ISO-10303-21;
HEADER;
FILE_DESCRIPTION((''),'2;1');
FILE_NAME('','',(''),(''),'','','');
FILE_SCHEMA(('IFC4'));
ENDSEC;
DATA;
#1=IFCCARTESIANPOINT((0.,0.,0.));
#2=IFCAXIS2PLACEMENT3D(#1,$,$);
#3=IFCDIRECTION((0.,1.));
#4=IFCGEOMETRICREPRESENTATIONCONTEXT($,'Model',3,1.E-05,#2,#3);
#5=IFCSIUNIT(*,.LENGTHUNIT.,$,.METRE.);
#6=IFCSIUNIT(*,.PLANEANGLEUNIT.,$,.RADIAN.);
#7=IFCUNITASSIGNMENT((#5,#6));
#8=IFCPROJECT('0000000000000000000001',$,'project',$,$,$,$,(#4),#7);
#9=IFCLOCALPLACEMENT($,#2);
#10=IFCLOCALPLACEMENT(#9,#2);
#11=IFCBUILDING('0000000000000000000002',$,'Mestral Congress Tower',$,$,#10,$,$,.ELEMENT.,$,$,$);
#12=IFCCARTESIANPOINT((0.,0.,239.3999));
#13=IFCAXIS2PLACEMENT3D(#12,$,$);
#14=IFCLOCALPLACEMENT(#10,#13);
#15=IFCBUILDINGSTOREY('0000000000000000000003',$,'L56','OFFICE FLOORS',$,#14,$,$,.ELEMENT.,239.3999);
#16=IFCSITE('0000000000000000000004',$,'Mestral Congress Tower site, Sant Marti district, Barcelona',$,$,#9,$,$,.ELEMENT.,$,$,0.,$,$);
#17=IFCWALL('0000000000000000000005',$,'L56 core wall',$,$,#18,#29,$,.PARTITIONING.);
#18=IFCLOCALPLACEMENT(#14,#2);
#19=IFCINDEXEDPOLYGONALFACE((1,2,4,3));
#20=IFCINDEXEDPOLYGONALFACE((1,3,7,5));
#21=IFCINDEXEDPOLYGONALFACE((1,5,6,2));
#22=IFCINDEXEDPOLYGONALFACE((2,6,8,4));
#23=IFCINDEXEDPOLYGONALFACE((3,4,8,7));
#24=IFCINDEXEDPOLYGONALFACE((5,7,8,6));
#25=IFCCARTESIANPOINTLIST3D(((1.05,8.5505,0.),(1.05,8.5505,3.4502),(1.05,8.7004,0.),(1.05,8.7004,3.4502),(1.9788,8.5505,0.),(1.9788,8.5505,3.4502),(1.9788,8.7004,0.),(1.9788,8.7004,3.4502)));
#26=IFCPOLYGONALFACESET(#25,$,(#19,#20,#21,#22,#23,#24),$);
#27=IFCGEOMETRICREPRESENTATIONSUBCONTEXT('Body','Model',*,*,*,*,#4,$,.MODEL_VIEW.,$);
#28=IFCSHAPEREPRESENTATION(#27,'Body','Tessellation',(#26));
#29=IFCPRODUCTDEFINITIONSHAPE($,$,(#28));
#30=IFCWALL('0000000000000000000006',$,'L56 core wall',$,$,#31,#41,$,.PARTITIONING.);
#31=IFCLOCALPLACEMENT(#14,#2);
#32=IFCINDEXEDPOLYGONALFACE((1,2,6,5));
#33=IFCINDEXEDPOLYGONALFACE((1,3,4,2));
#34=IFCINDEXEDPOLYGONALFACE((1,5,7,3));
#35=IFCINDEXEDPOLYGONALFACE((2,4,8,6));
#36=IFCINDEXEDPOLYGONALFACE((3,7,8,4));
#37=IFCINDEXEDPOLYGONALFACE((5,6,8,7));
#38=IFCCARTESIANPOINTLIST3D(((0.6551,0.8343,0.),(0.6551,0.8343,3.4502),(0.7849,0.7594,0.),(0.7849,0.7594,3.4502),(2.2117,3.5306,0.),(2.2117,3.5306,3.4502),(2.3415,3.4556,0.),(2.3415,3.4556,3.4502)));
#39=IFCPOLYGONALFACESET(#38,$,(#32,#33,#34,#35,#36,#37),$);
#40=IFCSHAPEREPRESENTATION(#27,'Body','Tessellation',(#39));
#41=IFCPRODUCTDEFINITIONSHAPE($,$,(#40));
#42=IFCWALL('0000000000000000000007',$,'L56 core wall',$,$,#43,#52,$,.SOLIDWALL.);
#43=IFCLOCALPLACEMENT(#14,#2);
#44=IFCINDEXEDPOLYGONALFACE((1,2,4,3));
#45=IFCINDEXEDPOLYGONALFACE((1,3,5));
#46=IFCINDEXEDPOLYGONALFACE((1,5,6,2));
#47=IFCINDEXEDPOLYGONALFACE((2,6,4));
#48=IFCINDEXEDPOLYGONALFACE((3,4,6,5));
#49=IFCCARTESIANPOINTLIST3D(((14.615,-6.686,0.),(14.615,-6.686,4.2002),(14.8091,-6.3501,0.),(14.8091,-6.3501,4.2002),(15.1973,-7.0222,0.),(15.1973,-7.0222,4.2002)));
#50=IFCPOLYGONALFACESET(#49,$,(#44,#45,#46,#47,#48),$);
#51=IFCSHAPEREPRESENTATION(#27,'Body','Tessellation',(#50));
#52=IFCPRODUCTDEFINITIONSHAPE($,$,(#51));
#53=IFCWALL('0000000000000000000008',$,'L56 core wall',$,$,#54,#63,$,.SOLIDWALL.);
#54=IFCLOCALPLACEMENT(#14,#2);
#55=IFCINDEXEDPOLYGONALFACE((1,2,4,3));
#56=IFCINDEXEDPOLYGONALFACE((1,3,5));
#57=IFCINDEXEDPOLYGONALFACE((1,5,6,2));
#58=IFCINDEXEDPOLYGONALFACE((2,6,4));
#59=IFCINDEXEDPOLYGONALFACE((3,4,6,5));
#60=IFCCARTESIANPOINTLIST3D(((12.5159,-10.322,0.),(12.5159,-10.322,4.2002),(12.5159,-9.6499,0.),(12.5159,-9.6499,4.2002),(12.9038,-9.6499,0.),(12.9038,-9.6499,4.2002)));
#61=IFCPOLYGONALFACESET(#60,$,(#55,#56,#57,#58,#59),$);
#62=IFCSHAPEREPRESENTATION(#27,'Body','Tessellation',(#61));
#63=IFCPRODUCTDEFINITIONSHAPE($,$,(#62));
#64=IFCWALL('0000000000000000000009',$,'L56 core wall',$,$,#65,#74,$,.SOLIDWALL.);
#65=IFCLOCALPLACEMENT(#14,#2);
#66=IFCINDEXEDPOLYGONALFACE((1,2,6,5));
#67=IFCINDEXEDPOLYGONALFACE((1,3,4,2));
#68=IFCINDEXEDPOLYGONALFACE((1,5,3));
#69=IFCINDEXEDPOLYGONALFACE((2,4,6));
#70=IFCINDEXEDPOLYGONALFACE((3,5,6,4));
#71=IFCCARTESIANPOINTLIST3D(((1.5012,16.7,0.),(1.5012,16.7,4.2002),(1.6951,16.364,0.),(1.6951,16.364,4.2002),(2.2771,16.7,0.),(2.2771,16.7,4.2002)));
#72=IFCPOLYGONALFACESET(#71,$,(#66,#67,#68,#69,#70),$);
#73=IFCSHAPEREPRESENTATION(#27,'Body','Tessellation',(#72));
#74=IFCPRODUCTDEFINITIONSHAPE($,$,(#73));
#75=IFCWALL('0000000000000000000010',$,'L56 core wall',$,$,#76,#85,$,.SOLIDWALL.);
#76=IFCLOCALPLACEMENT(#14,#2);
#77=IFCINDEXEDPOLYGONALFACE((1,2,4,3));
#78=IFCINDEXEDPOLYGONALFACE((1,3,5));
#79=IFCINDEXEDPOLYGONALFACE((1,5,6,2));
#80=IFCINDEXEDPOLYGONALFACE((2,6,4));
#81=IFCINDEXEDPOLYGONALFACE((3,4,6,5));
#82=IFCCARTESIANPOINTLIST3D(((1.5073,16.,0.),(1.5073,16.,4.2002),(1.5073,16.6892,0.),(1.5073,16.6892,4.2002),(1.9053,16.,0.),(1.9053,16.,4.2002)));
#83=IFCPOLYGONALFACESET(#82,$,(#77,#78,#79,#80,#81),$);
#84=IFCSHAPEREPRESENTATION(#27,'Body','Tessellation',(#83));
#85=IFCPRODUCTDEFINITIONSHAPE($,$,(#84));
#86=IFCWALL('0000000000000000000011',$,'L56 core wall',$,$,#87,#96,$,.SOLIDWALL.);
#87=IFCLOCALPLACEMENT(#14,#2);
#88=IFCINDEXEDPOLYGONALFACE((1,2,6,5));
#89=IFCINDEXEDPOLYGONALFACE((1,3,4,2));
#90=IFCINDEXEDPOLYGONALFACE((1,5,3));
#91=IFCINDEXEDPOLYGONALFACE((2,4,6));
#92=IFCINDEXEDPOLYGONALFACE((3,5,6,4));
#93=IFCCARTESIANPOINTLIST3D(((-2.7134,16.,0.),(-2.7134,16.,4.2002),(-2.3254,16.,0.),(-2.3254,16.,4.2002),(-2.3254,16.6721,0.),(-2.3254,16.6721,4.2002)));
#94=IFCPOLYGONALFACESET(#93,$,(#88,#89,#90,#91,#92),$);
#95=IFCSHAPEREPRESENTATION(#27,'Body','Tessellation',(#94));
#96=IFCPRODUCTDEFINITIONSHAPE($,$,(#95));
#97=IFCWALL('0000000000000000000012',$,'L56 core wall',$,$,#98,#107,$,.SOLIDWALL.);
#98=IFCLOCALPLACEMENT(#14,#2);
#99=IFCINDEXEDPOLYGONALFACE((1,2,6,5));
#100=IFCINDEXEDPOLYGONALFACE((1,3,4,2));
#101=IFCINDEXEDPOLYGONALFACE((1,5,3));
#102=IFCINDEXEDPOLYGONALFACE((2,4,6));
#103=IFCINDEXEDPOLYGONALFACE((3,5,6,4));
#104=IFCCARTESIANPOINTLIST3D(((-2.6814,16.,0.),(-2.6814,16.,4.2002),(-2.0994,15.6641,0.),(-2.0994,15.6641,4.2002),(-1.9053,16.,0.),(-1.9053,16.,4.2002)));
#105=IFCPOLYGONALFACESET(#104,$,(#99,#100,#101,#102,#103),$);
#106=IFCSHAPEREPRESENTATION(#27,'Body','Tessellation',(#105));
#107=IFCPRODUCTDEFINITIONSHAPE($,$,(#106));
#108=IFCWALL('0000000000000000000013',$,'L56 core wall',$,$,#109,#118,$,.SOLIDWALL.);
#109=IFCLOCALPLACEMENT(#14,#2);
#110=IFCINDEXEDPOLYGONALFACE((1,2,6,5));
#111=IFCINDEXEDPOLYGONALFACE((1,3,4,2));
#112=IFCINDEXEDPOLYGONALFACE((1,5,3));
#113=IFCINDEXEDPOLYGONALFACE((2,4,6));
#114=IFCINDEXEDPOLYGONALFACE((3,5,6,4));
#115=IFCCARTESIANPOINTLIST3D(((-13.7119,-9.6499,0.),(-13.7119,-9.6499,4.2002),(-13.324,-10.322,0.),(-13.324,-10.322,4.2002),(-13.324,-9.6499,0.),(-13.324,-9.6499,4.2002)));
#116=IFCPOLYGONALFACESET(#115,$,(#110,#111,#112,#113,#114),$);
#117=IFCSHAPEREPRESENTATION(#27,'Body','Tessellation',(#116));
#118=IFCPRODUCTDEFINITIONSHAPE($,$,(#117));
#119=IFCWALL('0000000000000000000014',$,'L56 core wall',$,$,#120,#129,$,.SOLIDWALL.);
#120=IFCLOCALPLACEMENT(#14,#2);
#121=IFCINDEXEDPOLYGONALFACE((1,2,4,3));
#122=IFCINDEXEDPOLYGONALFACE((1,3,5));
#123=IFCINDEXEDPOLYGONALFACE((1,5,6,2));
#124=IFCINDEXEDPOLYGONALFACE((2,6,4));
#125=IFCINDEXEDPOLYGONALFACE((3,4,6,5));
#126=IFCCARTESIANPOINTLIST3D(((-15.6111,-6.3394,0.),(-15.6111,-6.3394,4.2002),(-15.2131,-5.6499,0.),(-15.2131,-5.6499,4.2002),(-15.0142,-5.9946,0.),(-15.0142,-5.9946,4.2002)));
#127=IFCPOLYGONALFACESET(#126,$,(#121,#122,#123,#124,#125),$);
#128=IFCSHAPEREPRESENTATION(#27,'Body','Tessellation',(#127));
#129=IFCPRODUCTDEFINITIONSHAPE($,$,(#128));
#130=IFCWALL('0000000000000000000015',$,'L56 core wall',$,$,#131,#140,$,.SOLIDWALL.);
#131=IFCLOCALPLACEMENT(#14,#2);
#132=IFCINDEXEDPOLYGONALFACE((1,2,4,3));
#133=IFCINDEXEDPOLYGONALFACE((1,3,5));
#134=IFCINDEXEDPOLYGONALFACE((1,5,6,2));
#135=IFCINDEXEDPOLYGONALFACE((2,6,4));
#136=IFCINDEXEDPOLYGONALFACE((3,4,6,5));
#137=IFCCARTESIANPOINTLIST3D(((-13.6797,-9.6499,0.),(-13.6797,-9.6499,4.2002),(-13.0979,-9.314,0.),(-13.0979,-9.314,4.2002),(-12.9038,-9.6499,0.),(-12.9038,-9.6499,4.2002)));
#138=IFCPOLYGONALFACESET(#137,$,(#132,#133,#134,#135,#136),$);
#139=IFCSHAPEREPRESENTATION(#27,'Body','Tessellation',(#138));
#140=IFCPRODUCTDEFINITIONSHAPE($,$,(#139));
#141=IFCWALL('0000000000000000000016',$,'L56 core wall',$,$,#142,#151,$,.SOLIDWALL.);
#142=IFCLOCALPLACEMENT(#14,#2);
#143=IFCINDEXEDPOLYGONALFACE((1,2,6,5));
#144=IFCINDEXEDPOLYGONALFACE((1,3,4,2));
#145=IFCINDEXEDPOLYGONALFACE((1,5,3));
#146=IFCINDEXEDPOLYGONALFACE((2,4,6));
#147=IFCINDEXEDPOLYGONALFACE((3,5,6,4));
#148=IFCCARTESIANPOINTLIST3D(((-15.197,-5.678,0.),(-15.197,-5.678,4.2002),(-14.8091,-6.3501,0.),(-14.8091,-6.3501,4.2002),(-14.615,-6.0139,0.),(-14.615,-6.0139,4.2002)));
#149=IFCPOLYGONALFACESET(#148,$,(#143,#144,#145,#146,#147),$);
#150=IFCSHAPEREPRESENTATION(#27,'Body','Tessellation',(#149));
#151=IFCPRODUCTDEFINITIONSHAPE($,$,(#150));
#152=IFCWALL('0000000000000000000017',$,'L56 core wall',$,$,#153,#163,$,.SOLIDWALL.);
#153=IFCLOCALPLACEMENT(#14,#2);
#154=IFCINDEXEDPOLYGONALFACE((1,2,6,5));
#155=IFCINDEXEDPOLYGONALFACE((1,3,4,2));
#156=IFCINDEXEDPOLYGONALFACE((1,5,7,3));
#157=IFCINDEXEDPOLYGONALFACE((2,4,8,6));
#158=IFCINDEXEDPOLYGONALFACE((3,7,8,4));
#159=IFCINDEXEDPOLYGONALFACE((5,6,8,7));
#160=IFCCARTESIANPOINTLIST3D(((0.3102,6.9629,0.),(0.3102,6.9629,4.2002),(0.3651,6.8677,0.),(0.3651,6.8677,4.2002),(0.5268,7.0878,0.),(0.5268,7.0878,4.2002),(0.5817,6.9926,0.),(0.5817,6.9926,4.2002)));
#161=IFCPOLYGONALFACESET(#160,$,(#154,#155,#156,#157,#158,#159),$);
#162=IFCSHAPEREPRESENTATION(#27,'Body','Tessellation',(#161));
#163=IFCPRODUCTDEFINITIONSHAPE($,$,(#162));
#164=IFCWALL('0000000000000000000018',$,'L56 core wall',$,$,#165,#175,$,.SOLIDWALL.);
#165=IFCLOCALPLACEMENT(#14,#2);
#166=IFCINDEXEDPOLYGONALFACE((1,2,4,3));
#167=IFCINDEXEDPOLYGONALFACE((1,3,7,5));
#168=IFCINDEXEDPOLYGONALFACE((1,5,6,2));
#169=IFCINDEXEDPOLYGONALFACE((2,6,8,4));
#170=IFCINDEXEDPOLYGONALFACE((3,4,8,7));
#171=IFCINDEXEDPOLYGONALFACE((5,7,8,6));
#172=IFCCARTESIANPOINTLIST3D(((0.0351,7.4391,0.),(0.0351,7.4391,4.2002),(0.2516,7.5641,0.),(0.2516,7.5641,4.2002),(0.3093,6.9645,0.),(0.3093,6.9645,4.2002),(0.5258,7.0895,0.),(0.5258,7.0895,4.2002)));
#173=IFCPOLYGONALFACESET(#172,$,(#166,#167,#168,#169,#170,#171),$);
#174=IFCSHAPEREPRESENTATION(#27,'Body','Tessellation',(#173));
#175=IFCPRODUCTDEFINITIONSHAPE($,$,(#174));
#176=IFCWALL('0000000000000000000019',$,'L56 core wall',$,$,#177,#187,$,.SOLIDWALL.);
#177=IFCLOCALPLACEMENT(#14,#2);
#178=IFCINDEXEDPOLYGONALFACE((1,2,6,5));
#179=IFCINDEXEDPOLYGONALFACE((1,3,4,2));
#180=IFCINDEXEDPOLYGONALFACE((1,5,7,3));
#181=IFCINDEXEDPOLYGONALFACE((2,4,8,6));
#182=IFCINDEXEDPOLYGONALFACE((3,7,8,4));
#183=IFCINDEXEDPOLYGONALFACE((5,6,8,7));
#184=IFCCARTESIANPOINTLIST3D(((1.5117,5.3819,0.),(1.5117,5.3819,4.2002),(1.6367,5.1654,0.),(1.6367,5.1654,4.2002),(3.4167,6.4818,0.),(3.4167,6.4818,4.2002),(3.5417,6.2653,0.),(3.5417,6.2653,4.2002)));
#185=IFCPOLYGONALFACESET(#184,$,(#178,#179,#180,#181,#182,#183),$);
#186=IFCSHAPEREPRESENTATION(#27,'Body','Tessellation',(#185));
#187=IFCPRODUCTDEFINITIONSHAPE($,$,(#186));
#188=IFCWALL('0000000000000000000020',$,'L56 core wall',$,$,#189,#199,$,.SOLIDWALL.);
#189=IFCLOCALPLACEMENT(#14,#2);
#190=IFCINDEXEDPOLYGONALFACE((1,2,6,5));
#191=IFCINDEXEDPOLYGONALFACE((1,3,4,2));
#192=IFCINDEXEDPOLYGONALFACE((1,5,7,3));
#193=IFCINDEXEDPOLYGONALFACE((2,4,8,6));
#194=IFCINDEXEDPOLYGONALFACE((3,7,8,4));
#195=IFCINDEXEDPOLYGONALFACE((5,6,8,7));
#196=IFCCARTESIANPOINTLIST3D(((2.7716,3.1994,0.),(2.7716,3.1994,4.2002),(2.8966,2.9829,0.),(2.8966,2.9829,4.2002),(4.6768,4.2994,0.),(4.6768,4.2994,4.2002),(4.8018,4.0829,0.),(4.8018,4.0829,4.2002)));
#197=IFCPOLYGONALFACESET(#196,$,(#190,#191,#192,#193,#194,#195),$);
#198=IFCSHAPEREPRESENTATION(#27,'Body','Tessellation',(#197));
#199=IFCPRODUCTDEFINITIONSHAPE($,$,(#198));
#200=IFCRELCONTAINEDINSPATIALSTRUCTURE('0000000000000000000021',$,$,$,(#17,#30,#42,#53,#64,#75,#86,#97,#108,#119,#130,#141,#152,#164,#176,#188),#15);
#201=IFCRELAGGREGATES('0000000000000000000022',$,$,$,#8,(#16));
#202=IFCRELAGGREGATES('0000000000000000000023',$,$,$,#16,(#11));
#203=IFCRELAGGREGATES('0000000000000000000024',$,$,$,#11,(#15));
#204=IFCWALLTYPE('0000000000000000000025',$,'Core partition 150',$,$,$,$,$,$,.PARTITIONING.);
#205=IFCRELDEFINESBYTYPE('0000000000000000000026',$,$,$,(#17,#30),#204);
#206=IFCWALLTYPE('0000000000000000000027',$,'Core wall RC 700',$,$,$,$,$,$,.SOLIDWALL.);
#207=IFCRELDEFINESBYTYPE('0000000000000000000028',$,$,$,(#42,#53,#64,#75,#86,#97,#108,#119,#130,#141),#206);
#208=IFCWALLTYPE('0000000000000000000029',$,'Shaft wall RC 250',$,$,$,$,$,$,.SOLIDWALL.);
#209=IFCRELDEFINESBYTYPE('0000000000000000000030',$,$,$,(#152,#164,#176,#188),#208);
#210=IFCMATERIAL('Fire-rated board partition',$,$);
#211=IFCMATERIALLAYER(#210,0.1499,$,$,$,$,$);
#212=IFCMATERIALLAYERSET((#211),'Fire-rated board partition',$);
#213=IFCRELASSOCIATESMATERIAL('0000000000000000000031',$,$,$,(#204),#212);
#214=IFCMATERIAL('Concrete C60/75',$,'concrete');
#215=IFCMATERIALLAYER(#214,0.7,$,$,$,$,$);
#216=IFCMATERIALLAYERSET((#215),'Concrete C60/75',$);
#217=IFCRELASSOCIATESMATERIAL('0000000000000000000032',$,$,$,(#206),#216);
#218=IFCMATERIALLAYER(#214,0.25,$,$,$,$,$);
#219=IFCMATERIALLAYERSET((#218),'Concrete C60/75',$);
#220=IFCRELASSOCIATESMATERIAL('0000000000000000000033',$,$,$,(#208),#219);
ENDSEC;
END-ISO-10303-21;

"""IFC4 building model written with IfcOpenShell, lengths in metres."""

from ifc_helpers import new_model, si_unit, direction, frame, frame_2d, origin, place, context, subcontext, project, spatial, polyline, rectangle, outline, extrude, material, layer, layer_set, type_object, element, save


model = new_model("IFC4")

# Units and contexts
model_context = context("Model", 3, precision=1e-05, world=origin(), true_north=direction((0.0, 1.0)))
body_context = subcontext(model_context, "Body", "Model", "MODEL_VIEW")
ifc_project = project(units=[si_unit("LENGTHUNIT", "METRE"), si_unit("PLANEANGLEUNIT", "RADIAN")], contexts=[model_context])

# Site, building, storey
site_placement = place(None, origin())
site = spatial("IfcSite", under=ifc_project, at=site_placement, Name="Mestral Congress Tower site, Sant Marti district, Barcelona", CompositionType="ELEMENT", RefElevation=0.0)
building_placement = place(site_placement, origin())
building = spatial("IfcBuilding", under=site, at=building_placement, Name="Mestral Congress Tower", CompositionType="ELEMENT")
storey_placement = place(building_placement, frame((0.0, 0.0, 239.3999)))
storey = spatial("IfcBuildingStorey", under=building, at=storey_placement, Name="L56", Description="OFFICE FLOORS", CompositionType="ELEMENT", Elevation=239.3999)

# Walls
ifc_material_1 = material(Name="Fire-rated board partition")
ifc_layer_1 = layer(ifc_material_1, 0.1499)
ifc_layer_set_1 = layer_set([ifc_layer_1], Name="Fire-rated board partition")
wall_type_1 = type_object("IfcWallType", Name="Core partition 150", PredefinedType="PARTITIONING", material=ifc_layer_set_1)
wall_1_placement = place(storey_placement, frame((1.05, 8.6255, 0.0), z_axis=(0.0, 0.0, 1.0), x_axis=(1.0, 0.0, 0.0)))
element("IfcWall", 1, at=wall_1_placement, inside=storey, type_object=wall_type_1, Name="L56 core wall", PredefinedType="PARTITIONING", context=body_context, shape_type="SweptSolid", body=[
    extrude(rectangle(XDim=0.9287, YDim=0.1499, at=frame_2d((0.4644, 0.0))), origin(), (0.0, 0.0, 1.0), 3.4502),
])
wall_2_placement = place(storey_placement, frame((0.72, 0.7969, 0.0), z_axis=(0.0, 0.0, 1.0), x_axis=(0.499985, 0.866034, 0.0)))
element("IfcWall", 2, at=wall_2_placement, inside=storey, type_object=wall_type_1, Name="L56 core wall", PredefinedType="PARTITIONING", context=body_context, shape_type="SweptSolid", body=[
    extrude(rectangle(XDim=3.1133, YDim=0.1499, at=frame_2d((1.5566, 0.0))), origin(), (0.0, 0.0, 1.0), 3.4502),
])
ifc_material_2 = material(Name="Concrete C60/75", Category="concrete")
ifc_layer_2 = layer(ifc_material_2, 0.7)
ifc_layer_set_2 = layer_set([ifc_layer_2], Name="Concrete C60/75")
wall_type_2 = type_object("IfcWallType", Name="Core wall RC 700", PredefinedType="SOLIDWALL", material=ifc_layer_set_2)
placement = place(storey_placement, origin())
element("IfcWall", 3, at=placement, inside=storey, type_object=wall_type_2, Name="L56 core wall", PredefinedType="SOLIDWALL", context=body_context, shape_type="SweptSolid", body=[
    extrude(outline(polyline([(14.8091, -6.3501), (15.1973, -7.0222), (14.615, -6.686), (14.8091, -6.3501)])), origin(), (0.0, 0.0, 1.0), 4.2002),
])
element("IfcWall", 4, at=placement, inside=storey, type_object=wall_type_2, Name="L56 core wall", PredefinedType="SOLIDWALL", context=body_context, shape_type="SweptSolid", body=[
    extrude(outline(polyline([(12.9038, -9.6499), (12.5159, -10.322), (12.5159, -9.6499), (12.9038, -9.6499)])), origin(), (0.0, 0.0, 1.0), 4.2002),
])
element("IfcWall", 5, at=placement, inside=storey, type_object=wall_type_2, Name="L56 core wall", PredefinedType="SOLIDWALL", context=body_context, shape_type="SweptSolid", body=[
    extrude(outline(polyline([(1.5012, 16.7), (2.2771, 16.7), (1.6951, 16.364), (1.5012, 16.7)])), origin(), (0.0, 0.0, 1.0), 4.2002),
])
element("IfcWall", 6, at=placement, inside=storey, type_object=wall_type_2, Name="L56 core wall", PredefinedType="SOLIDWALL", context=body_context, shape_type="SweptSolid", body=[
    extrude(outline(polyline([(1.9053, 16.0), (1.5073, 16.0), (1.5073, 16.6892), (1.9053, 16.0)])), origin(), (0.0, 0.0, 1.0), 4.2002),
])
element("IfcWall", 7, at=placement, inside=storey, type_object=wall_type_2, Name="L56 core wall", PredefinedType="SOLIDWALL", context=body_context, shape_type="SweptSolid", body=[
    extrude(outline(polyline([(-2.7134, 16.0), (-2.3254, 16.6721), (-2.3254, 16.0), (-2.7134, 16.0)])), origin(), (0.0, 0.0, 1.0), 4.2002),
])
element("IfcWall", 8, at=placement, inside=storey, type_object=wall_type_2, Name="L56 core wall", PredefinedType="SOLIDWALL", context=body_context, shape_type="SweptSolid", body=[
    extrude(outline(polyline([(-1.9053, 16.0), (-2.0994, 15.6641), (-2.6814, 16.0), (-1.9053, 16.0)])), origin(), (0.0, 0.0, 1.0), 4.2002),
])
element("IfcWall", 9, at=placement, inside=storey, type_object=wall_type_2, Name="L56 core wall", PredefinedType="SOLIDWALL", context=body_context, shape_type="SweptSolid", body=[
    extrude(outline(polyline([(-13.7119, -9.6499), (-13.324, -9.6499), (-13.324, -10.322), (-13.7119, -9.6499)])), origin(), (0.0, 0.0, 1.0), 4.2002),
])
element("IfcWall", 10, at=placement, inside=storey, type_object=wall_type_2, Name="L56 core wall", PredefinedType="SOLIDWALL", context=body_context, shape_type="SweptSolid", body=[
    extrude(outline(polyline([(-15.0142, -5.9946), (-15.6111, -6.3394), (-15.2131, -5.6499), (-15.0142, -5.9946)])), origin(), (0.0, 0.0, 1.0), 4.2002),
])
element("IfcWall", 11, at=placement, inside=storey, type_object=wall_type_2, Name="L56 core wall", PredefinedType="SOLIDWALL", context=body_context, shape_type="SweptSolid", body=[
    extrude(outline(polyline([(-12.9038, -9.6499), (-13.6797, -9.6499), (-13.0979, -9.314), (-12.9038, -9.6499)])), origin(), (0.0, 0.0, 1.0), 4.2002),
])
element("IfcWall", 12, at=placement, inside=storey, type_object=wall_type_2, Name="L56 core wall", PredefinedType="SOLIDWALL", context=body_context, shape_type="SweptSolid", body=[
    extrude(outline(polyline([(-14.8091, -6.3501), (-15.197, -5.678), (-14.615, -6.0139), (-14.8091, -6.3501)])), origin(), (0.0, 0.0, 1.0), 4.2002),
])
ifc_layer_3 = layer(ifc_material_2, 0.25)
ifc_layer_set_3 = layer_set([ifc_layer_3], Name="Concrete C60/75")
wall_type_3 = type_object("IfcWallType", Name="Shaft wall RC 250", PredefinedType="SOLIDWALL", material=ifc_layer_set_3)
wall_3_placement = place(storey_placement, frame((0.4734, 6.9302, 0.0), z_axis=(0.0, 0.0, 1.0), x_axis=(-0.499722, 0.866186, 0.0)))
element("IfcWall", 13, at=wall_3_placement, inside=storey, type_object=wall_type_3, Name="L56 core wall", PredefinedType="SOLIDWALL", context=body_context, shape_type="SweptSolid", body=[
    extrude(rectangle(XDim=0.1099, YDim=0.25, at=frame_2d((0.0549, 0.0))), origin(), (0.0, 0.0, 1.0), 4.2002),
])
wall_4_placement = place(storey_placement, frame((0.4175, 7.0271, 0.0), z_axis=(0.0, 0.0, 1.0), x_axis=(-0.500211, 0.865904, 0.0)))
element("IfcWall", 14, at=wall_4_placement, inside=storey, type_object=wall_type_3, Name="L56 core wall", PredefinedType="SOLIDWALL", context=body_context, shape_type="SweptSolid", body=[
    extrude(rectangle(XDim=0.5481, YDim=0.25, at=frame_2d((0.2739, 0.0))), origin(), (0.0, 0.0, 1.0), 4.2002),
])
wall_5_placement = place(storey_placement, frame((1.5742, 5.2737, 0.0), z_axis=(0.0, 0.0, 1.0), x_axis=(0.866028, 0.499995, 0.0)))
element("IfcWall", 15, at=wall_5_placement, inside=storey, type_object=wall_type_3, Name="L56 core wall", PredefinedType="SOLIDWALL", context=body_context, shape_type="SweptSolid", body=[
    extrude(rectangle(XDim=2.1997, YDim=0.25, at=frame_2d((1.0999, 0.0))), origin(), (0.0, 0.0, 1.0), 4.2002),
])
wall_6_placement = place(storey_placement, frame((2.834, 3.0911, 0.0), z_axis=(0.0, 0.0, 1.0), x_axis=(0.866008, 0.50003, 0.0)))
element("IfcWall", 16, at=wall_6_placement, inside=storey, type_object=wall_type_3, Name="L56 core wall", PredefinedType="SOLIDWALL", context=body_context, shape_type="SweptSolid", body=[
    extrude(rectangle(XDim=2.2, YDim=0.25, at=frame_2d((1.1001, 0.0))), origin(), (0.0, 0.0, 1.0), 4.2002),
])

save(model, "model.ifc")
